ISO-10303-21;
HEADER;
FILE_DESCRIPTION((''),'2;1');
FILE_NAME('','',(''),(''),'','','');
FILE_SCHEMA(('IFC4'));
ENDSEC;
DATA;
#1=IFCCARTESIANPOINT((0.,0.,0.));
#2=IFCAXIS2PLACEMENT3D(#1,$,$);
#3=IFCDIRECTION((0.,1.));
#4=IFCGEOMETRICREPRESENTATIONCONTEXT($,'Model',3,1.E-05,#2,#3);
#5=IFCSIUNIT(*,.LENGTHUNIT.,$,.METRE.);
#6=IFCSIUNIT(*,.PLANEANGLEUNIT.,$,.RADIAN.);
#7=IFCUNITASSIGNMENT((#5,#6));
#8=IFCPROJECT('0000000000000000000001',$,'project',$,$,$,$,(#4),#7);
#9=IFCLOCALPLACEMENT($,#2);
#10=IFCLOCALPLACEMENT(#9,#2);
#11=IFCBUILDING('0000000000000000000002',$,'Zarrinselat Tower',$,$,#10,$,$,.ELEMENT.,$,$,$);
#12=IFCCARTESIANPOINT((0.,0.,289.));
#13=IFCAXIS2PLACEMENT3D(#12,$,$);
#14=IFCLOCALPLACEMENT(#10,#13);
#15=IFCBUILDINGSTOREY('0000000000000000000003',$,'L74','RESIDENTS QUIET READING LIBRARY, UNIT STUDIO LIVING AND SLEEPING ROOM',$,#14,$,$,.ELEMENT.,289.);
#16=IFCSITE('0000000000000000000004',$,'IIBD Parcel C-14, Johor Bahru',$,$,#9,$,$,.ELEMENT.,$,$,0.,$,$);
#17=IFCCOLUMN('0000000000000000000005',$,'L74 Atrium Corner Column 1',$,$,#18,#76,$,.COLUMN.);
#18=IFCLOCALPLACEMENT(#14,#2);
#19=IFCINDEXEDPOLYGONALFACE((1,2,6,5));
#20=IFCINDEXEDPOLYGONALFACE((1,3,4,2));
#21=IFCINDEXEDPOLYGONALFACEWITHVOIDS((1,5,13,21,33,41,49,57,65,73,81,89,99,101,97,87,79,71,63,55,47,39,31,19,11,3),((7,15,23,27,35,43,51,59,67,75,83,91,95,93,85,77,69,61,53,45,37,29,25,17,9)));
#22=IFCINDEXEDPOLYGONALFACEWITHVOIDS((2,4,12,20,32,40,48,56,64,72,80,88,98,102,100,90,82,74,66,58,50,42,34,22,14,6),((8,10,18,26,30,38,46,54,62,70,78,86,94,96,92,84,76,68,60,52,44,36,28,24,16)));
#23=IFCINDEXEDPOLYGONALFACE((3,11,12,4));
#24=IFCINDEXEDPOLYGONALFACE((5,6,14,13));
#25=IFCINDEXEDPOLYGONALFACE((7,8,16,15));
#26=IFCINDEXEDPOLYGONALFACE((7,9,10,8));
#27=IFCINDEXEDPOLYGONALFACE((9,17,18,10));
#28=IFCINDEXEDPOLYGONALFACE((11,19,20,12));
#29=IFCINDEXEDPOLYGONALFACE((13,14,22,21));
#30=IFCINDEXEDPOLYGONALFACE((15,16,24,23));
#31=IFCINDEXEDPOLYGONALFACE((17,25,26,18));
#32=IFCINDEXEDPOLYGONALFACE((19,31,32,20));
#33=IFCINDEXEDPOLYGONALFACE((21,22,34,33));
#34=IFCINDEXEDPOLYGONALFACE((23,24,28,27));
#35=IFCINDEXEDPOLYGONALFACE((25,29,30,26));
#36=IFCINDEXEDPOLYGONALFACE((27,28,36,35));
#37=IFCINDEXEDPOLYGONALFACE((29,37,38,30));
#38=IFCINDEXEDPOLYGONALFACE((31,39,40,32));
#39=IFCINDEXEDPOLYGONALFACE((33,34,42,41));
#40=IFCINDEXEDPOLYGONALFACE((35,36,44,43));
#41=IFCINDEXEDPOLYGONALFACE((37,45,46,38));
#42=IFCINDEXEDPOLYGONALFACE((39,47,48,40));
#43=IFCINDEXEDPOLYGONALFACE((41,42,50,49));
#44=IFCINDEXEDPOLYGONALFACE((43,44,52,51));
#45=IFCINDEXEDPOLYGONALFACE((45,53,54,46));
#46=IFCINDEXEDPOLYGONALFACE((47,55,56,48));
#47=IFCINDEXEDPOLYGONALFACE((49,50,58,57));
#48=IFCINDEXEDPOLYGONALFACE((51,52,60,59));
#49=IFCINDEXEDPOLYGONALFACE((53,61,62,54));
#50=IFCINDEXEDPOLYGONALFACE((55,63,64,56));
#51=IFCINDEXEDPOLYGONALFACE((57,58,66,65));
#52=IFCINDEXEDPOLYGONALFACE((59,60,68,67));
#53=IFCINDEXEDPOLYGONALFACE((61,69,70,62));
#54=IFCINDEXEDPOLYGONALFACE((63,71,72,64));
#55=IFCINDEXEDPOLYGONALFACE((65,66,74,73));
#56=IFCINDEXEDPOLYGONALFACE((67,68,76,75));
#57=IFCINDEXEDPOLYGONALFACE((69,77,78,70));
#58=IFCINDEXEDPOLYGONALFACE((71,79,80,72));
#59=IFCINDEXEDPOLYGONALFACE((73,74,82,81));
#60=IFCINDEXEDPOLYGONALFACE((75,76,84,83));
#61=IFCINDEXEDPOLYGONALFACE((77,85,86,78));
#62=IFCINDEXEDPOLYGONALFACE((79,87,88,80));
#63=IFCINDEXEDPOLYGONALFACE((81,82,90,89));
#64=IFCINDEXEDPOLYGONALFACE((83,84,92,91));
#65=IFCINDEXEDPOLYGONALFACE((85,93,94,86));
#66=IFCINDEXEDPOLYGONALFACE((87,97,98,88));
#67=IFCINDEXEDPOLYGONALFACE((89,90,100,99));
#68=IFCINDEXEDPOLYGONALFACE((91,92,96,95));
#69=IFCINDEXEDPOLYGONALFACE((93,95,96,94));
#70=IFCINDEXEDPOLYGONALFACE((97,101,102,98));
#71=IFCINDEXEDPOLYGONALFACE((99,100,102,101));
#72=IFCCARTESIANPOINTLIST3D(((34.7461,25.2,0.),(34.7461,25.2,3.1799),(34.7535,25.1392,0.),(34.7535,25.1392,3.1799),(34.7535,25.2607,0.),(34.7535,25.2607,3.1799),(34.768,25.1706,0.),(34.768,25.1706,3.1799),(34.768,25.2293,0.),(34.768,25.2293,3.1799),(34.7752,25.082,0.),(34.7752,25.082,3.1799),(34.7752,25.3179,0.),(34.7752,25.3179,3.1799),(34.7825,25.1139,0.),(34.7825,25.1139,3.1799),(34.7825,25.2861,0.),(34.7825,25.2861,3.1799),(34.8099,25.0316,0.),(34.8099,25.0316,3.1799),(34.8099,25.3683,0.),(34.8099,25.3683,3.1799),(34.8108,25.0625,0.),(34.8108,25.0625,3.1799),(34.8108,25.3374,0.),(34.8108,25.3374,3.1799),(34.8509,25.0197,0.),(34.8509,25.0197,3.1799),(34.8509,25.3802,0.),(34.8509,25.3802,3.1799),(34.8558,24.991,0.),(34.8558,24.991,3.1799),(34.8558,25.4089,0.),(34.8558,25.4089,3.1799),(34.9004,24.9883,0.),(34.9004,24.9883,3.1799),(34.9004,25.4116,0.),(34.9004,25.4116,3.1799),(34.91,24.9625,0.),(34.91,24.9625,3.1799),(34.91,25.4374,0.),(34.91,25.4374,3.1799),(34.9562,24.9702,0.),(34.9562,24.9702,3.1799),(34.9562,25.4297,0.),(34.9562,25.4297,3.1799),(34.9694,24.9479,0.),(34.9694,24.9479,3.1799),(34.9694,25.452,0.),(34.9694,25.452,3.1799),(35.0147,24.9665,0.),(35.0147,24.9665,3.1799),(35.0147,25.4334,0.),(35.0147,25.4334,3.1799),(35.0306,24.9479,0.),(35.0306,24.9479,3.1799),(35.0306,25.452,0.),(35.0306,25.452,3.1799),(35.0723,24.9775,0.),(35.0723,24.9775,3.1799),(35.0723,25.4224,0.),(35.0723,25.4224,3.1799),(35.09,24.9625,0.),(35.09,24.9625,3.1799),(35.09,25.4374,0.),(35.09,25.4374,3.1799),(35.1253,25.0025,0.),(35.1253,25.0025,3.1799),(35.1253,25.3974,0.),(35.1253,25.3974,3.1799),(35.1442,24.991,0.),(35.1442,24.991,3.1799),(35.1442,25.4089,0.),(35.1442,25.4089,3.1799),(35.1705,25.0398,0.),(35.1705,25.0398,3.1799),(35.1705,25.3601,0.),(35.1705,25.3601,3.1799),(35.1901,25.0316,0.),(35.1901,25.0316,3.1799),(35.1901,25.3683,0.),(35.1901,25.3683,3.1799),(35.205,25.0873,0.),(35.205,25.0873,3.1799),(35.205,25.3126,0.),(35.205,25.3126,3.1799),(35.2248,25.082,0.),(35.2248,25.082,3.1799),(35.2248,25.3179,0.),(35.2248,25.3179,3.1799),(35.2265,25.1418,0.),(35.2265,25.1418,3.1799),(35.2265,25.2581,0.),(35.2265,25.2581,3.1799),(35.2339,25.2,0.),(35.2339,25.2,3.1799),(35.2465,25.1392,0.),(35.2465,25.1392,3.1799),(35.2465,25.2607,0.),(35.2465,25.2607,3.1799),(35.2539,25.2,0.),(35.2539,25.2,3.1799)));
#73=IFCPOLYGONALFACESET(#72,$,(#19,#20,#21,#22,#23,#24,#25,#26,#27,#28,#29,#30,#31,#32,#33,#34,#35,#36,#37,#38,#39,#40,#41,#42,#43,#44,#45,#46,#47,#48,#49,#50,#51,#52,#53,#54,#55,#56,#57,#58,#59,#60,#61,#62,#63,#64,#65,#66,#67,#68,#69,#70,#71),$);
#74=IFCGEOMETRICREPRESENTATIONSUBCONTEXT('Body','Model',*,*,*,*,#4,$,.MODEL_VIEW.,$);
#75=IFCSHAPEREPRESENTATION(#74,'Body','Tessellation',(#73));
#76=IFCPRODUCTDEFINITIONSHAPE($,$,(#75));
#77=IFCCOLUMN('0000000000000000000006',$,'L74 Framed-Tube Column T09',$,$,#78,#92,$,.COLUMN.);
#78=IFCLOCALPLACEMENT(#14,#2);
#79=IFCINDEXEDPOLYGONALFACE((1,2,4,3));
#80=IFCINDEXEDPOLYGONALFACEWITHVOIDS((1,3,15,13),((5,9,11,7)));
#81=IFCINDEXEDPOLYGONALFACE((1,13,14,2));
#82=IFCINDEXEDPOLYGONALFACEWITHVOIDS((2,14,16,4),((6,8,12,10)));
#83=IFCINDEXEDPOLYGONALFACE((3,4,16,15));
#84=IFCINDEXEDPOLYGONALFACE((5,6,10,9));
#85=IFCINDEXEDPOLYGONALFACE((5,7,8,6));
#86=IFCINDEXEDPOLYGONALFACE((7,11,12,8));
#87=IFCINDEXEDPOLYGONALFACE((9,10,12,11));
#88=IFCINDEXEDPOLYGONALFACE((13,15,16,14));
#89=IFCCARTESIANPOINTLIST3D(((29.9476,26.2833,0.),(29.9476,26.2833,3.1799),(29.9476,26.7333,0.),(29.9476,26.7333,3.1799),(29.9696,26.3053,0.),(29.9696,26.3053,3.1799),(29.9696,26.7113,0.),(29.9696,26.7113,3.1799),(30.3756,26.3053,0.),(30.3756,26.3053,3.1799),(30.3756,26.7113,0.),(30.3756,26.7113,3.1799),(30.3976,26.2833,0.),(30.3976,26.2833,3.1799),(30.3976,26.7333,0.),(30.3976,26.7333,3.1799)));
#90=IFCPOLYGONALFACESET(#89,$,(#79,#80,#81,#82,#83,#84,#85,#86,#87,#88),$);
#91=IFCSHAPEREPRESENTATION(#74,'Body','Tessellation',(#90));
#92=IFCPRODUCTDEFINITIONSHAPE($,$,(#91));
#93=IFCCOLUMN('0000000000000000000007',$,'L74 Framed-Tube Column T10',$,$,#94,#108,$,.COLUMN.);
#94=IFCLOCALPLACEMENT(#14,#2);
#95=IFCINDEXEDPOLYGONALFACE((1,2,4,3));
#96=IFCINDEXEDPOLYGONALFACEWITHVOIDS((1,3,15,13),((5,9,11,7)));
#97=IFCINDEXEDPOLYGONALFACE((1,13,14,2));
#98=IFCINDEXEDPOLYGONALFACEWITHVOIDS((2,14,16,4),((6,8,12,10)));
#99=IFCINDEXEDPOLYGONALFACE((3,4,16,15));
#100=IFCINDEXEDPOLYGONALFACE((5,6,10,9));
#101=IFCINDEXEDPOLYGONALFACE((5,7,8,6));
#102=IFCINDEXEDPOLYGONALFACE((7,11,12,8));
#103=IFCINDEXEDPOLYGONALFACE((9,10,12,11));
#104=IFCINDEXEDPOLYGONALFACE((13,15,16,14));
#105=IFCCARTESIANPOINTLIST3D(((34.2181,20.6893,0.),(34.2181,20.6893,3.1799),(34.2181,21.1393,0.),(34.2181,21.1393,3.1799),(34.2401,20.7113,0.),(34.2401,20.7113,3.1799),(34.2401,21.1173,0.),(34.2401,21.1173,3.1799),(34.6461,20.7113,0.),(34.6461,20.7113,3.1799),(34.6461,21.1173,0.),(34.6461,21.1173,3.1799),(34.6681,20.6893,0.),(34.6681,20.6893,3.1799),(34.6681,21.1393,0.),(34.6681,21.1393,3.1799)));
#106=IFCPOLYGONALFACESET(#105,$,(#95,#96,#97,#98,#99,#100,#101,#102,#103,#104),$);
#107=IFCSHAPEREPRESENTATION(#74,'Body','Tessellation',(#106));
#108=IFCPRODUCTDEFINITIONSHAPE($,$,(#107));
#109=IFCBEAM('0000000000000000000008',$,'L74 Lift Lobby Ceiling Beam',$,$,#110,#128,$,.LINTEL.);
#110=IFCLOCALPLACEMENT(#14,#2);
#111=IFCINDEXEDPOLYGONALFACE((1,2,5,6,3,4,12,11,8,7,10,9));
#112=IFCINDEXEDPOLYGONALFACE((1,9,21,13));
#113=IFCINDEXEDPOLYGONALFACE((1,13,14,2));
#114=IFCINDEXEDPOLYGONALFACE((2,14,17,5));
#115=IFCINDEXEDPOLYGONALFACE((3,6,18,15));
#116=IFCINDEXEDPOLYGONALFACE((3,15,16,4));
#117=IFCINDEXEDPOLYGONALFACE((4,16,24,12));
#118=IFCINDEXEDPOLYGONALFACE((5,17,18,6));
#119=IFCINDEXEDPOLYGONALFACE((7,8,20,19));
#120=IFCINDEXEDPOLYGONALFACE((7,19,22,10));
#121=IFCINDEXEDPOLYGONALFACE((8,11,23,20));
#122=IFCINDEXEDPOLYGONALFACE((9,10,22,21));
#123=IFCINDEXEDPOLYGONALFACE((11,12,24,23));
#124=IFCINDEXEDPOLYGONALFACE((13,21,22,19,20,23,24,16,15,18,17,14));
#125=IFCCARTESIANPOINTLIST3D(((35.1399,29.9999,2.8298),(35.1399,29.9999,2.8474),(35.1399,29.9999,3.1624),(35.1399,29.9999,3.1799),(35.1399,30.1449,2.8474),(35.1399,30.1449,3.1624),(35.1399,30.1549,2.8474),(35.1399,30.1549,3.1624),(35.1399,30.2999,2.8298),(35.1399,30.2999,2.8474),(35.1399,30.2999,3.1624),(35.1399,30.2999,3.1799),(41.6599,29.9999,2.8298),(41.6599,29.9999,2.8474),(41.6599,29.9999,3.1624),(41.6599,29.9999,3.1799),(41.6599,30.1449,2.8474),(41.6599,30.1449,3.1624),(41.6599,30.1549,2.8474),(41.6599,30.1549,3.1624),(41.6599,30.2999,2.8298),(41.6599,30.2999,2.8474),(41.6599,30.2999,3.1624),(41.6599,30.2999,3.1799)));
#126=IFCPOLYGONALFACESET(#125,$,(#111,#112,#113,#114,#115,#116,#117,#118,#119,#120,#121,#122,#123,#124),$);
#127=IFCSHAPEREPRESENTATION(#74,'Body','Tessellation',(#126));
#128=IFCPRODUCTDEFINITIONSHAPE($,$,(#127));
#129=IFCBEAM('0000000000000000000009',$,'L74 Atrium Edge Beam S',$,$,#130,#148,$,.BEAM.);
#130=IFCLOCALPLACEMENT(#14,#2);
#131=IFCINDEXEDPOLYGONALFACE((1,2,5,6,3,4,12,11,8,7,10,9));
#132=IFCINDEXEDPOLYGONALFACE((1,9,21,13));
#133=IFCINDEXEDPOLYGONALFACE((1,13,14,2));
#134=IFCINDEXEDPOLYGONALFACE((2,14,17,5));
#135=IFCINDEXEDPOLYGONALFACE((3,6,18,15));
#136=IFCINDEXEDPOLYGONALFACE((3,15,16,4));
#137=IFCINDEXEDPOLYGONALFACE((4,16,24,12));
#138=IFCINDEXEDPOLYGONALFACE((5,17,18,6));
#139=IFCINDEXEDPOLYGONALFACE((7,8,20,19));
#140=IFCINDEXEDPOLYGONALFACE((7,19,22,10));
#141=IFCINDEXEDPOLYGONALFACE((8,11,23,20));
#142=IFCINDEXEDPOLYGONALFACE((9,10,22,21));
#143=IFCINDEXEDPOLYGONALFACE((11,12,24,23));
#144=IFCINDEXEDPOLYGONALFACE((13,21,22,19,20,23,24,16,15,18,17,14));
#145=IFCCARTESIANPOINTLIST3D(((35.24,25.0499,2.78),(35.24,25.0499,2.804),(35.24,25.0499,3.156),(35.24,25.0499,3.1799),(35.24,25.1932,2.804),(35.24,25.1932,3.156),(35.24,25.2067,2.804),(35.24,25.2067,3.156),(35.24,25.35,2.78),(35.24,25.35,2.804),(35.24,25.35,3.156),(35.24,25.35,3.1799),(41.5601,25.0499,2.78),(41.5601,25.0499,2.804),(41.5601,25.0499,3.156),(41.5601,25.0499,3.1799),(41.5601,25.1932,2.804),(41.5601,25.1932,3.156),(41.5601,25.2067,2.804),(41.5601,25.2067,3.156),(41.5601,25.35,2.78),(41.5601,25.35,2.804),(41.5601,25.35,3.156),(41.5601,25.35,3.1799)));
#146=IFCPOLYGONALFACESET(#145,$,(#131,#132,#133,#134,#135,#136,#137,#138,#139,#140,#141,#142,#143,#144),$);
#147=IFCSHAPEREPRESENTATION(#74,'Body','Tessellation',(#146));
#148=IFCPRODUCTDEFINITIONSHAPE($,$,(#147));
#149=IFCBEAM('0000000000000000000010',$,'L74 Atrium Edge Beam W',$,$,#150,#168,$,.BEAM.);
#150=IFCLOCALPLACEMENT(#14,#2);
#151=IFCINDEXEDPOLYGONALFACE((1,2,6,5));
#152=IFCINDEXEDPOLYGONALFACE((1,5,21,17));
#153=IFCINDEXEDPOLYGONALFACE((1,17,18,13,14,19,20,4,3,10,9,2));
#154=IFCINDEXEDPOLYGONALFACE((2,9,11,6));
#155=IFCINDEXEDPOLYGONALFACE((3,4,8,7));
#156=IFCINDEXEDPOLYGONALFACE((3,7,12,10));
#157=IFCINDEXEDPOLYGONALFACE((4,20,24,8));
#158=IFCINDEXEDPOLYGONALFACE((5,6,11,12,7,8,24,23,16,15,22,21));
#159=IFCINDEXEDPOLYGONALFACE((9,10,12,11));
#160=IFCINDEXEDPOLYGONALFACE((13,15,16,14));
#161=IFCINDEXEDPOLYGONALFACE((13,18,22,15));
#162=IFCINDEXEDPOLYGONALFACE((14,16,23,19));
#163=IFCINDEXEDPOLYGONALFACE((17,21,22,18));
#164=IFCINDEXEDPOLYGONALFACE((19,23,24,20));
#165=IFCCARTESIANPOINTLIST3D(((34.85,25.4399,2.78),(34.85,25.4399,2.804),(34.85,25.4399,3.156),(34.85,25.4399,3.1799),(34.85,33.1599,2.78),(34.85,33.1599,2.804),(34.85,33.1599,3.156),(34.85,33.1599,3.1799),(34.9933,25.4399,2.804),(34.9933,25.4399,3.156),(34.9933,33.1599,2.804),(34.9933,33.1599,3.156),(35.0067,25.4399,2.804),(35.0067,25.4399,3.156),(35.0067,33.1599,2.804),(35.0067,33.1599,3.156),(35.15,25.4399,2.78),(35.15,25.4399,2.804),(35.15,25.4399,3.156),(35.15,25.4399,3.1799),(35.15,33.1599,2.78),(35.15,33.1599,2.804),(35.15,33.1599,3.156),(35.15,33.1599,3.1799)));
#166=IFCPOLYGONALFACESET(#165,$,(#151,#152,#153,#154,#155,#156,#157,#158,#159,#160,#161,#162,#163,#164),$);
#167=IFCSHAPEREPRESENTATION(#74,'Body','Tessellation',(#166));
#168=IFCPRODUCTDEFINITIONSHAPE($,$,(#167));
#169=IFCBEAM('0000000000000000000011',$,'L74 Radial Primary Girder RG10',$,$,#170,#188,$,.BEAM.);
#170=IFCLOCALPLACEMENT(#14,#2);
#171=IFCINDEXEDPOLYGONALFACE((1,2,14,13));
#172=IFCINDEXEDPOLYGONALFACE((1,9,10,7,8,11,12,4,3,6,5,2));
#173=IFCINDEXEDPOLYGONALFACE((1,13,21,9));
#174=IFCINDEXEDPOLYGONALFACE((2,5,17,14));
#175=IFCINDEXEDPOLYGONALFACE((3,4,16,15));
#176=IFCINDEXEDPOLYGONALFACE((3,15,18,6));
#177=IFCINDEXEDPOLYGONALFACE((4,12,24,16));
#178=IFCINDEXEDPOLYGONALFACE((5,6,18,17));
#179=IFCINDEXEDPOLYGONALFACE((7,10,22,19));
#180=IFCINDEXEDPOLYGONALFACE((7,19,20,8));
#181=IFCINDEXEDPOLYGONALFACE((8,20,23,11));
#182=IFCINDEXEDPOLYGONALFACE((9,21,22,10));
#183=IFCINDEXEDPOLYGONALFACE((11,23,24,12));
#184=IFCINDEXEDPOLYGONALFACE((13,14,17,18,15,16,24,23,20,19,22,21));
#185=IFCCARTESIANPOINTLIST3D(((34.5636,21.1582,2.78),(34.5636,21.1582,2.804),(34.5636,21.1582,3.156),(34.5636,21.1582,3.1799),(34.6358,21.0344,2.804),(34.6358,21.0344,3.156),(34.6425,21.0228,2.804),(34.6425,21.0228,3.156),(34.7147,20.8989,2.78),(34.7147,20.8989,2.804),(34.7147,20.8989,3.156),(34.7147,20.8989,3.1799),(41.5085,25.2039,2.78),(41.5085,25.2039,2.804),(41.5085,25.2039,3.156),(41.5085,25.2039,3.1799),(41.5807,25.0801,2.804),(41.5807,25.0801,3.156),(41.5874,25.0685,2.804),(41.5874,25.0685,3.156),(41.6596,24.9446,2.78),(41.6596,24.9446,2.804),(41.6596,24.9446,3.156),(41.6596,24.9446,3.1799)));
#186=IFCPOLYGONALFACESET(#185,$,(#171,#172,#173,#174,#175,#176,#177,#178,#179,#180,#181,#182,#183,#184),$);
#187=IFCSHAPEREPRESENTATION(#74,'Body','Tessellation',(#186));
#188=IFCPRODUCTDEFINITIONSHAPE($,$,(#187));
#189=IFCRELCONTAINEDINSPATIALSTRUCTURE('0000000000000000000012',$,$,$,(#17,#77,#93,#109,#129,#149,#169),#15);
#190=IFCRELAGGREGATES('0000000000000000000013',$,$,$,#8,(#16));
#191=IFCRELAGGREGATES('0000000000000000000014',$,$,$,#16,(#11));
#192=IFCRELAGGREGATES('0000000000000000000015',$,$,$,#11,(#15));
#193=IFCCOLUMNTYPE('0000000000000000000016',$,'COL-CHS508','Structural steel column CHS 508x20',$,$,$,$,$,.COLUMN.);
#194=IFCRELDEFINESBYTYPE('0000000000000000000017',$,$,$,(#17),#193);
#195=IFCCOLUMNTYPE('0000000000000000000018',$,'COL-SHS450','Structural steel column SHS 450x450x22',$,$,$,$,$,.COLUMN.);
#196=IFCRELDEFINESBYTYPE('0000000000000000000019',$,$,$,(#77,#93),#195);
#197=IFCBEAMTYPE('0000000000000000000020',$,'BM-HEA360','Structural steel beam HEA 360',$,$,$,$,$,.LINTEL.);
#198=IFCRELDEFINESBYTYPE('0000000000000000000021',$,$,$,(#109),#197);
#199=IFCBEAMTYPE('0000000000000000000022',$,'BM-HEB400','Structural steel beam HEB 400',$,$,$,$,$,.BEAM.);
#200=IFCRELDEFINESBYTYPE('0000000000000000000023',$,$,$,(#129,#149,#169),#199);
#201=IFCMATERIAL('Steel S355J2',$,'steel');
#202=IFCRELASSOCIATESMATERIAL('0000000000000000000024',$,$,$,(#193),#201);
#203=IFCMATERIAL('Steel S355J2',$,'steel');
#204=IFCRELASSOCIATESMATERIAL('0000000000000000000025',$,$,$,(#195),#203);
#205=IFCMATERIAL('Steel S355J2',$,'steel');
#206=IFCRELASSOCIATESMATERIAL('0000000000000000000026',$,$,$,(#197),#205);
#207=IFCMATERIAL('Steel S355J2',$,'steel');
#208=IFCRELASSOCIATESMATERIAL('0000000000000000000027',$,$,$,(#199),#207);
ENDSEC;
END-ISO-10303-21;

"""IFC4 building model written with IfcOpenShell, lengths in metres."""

from ifc_helpers import new_model, si_unit, direction, frame, origin, origin_2d, place, context, subcontext, project, spatial, hollow_rectangle, hollow_circle, i_section, extrude, material, material_profile, profile_set, type_object, element, save


model = new_model("IFC4")

# Units and contexts
model_context = context("Model", 3, precision=1e-05, world=origin(), true_north=direction((0.0, 1.0)))
body_context = subcontext(model_context, "Body", "Model", "MODEL_VIEW")
ifc_project = project(units=[si_unit("LENGTHUNIT", "METRE"), si_unit("PLANEANGLEUNIT", "RADIAN")], contexts=[model_context])

# Site, building, storey
site_placement = place(None, origin())
site = spatial("IfcSite", under=ifc_project, at=site_placement, Name="IIBD Parcel C-14, Johor Bahru", CompositionType="ELEMENT", RefElevation=0.0)
building_placement = place(site_placement, origin())
building = spatial("IfcBuilding", under=site, at=building_placement, Name="Zarrinselat Tower", CompositionType="ELEMENT")
storey_placement = place(building_placement, frame((0.0, 0.0, 289.0)))
storey = spatial("IfcBuildingStorey", under=building, at=storey_placement, Name="L74", Description="RESIDENTS QUIET READING LIBRARY, UNIT STUDIO LIVING AND SLEEPING ROOM", CompositionType="ELEMENT", Elevation=289.0)

# Columns
ifc_material_1 = material(Name="Steel S355J2", Category="steel")
ifc_material_profile_1 = material_profile(ifc_material_1, hollow_circle(Radius=0.2539, WallThickness=0.02, at=origin_2d()), Name="CHS 508x20")
ifc_profile_set_1 = profile_set([ifc_material_profile_1], Name="Steel S355J2")
column_type_1 = type_object("IfcColumnType", Name="COL-CHS508", Description="Structural steel column CHS 508x20", PredefinedType="COLUMN", material=ifc_profile_set_1)
column_placement = place(storey_placement, frame((35.0, 25.2, 0.0), z_axis=(0.0, 0.0, 1.0), x_axis=(1.0, 0.0, 0.0)))
element("IfcColumn", 1, at=column_placement, inside=storey, type_object=column_type_1, Name="L74 Atrium Corner Column 1", PredefinedType="COLUMN", context=body_context, shape_type="SweptSolid", body=[
    extrude(hollow_circle(Radius=0.2539, WallThickness=0.02, at=origin_2d()), origin(), (0.0, 0.0, 1.0), 3.1799),
])
ifc_material_2 = material(Name="Steel S355J2", Category="steel")
ifc_material_profile_2 = material_profile(ifc_material_2, hollow_rectangle(XDim=0.45, YDim=0.45, WallThickness=0.022, at=origin_2d()), Name="SHS 450x450x22")
ifc_profile_set_2 = profile_set([ifc_material_profile_2], Name="Steel S355J2")
column_type_2 = type_object("IfcColumnType", Name="COL-SHS450", Description="Structural steel column SHS 450x450x22", PredefinedType="COLUMN", material=ifc_profile_set_2)
for number, where, z_axis, x_axis, name in (
    (2, (30.1726, 26.5083, 0.0), (0.0, 0.0, 1.0), (1.0, 0.0, 0.0), "L74 Framed-Tube Column T09"),
    (3, (34.4431, 20.9143, 0.0), (0.0, 0.0, 1.0), (1.0, 0.0, 0.0), "L74 Framed-Tube Column T10"),
):
    element("IfcColumn", number, at=place(storey_placement, frame(where, z_axis=z_axis, x_axis=x_axis)), inside=storey, type_object=column_type_2, Name=name, PredefinedType="COLUMN", context=body_context, shape_type="SweptSolid", body=[
        extrude(hollow_rectangle(XDim=0.45, YDim=0.45, WallThickness=0.022, at=origin_2d()), origin(), (0.0, 0.0, 1.0), 3.1799),
    ])

# Beams
ifc_material_3 = material(Name="Steel S355J2", Category="steel")
ifc_material_profile_3 = material_profile(ifc_material_3, i_section(OverallWidth=0.3, OverallDepth=0.3501, WebThickness=0.01, FlangeThickness=0.0176, at=origin_2d()), Name="HEA 360")
ifc_profile_set_3 = profile_set([ifc_material_profile_3], Name="Steel S355J2")
beam_type_1 = type_object("IfcBeamType", Name="BM-HEA360", Description="Structural steel beam HEA 360", PredefinedType="LINTEL", material=ifc_profile_set_3)
beam_1_placement = place(storey_placement, frame((35.1399, 30.1499, 3.0049), z_axis=(1.0, 0.0, 0.0), x_axis=(0.0, 1.0, 0.0)))
element("IfcBeam", 4, at=beam_1_placement, inside=storey, type_object=beam_type_1, Name="L74 Lift Lobby Ceiling Beam", PredefinedType="LINTEL", context=body_context, shape_type="SweptSolid", body=[
    extrude(i_section(OverallWidth=0.3, OverallDepth=0.3501, WebThickness=0.01, FlangeThickness=0.0176, at=origin_2d()), origin(), (0.0, 0.0, 1.0), 6.52),
])
ifc_material_4 = material(Name="Steel S355J2", Category="steel")
ifc_material_profile_4 = material_profile(ifc_material_4, i_section(OverallWidth=0.3, OverallDepth=0.3999, WebThickness=0.0134, FlangeThickness=0.0239, at=origin_2d()), Name="HEB 400")
ifc_profile_set_4 = profile_set([ifc_material_profile_4], Name="Steel S355J2")
beam_type_2 = type_object("IfcBeamType", Name="BM-HEB400", Description="Structural steel beam HEB 400", PredefinedType="BEAM", material=ifc_profile_set_4)
beam_2_placement = place(storey_placement, frame((35.24, 25.2, 2.98), z_axis=(1.0, 0.0, 0.0), x_axis=(0.0, 1.0, 0.0)))
element("IfcBeam", 5, at=beam_2_placement, inside=storey, type_object=beam_type_2, Name="L74 Atrium Edge Beam S", PredefinedType="BEAM", context=body_context, shape_type="SweptSolid", body=[
    extrude(i_section(OverallWidth=0.3, OverallDepth=0.3999, WebThickness=0.0134, FlangeThickness=0.0239, at=origin_2d()), origin(), (0.0, 0.0, 1.0), 6.3201),
])
beam_3_placement = place(storey_placement, frame((35.0, 25.4399, 2.98), z_axis=(0.0, 1.0, 0.0), x_axis=(-1.0, 0.0, 0.0)))
element("IfcBeam", 6, at=beam_3_placement, inside=storey, type_object=beam_type_2, Name="L74 Atrium Edge Beam W", PredefinedType="BEAM", context=body_context, shape_type="SweptSolid", body=[
    extrude(i_section(OverallWidth=0.3, OverallDepth=0.3999, WebThickness=0.0134, FlangeThickness=0.0239, at=origin_2d()), origin(), (0.0, 0.0, 1.0), 7.72),
])
beam_4_placement = place(storey_placement, frame((34.6392, 21.0286, 2.98), z_axis=(0.864076, 0.503361, 0.0), x_axis=(-0.503361, 0.864076, 0.0)))
element("IfcBeam", 7, at=beam_4_placement, inside=storey, type_object=beam_type_2, Name="L74 Radial Primary Girder RG10", PredefinedType="BEAM", context=body_context, shape_type="SweptSolid", body=[
    extrude(i_section(OverallWidth=0.3, OverallDepth=0.3999, WebThickness=0.0134, FlangeThickness=0.0239, at=origin_2d()), origin(), (0.0, 0.0, 1.0), 8.0374),
])

save(model, "model.ifc")
